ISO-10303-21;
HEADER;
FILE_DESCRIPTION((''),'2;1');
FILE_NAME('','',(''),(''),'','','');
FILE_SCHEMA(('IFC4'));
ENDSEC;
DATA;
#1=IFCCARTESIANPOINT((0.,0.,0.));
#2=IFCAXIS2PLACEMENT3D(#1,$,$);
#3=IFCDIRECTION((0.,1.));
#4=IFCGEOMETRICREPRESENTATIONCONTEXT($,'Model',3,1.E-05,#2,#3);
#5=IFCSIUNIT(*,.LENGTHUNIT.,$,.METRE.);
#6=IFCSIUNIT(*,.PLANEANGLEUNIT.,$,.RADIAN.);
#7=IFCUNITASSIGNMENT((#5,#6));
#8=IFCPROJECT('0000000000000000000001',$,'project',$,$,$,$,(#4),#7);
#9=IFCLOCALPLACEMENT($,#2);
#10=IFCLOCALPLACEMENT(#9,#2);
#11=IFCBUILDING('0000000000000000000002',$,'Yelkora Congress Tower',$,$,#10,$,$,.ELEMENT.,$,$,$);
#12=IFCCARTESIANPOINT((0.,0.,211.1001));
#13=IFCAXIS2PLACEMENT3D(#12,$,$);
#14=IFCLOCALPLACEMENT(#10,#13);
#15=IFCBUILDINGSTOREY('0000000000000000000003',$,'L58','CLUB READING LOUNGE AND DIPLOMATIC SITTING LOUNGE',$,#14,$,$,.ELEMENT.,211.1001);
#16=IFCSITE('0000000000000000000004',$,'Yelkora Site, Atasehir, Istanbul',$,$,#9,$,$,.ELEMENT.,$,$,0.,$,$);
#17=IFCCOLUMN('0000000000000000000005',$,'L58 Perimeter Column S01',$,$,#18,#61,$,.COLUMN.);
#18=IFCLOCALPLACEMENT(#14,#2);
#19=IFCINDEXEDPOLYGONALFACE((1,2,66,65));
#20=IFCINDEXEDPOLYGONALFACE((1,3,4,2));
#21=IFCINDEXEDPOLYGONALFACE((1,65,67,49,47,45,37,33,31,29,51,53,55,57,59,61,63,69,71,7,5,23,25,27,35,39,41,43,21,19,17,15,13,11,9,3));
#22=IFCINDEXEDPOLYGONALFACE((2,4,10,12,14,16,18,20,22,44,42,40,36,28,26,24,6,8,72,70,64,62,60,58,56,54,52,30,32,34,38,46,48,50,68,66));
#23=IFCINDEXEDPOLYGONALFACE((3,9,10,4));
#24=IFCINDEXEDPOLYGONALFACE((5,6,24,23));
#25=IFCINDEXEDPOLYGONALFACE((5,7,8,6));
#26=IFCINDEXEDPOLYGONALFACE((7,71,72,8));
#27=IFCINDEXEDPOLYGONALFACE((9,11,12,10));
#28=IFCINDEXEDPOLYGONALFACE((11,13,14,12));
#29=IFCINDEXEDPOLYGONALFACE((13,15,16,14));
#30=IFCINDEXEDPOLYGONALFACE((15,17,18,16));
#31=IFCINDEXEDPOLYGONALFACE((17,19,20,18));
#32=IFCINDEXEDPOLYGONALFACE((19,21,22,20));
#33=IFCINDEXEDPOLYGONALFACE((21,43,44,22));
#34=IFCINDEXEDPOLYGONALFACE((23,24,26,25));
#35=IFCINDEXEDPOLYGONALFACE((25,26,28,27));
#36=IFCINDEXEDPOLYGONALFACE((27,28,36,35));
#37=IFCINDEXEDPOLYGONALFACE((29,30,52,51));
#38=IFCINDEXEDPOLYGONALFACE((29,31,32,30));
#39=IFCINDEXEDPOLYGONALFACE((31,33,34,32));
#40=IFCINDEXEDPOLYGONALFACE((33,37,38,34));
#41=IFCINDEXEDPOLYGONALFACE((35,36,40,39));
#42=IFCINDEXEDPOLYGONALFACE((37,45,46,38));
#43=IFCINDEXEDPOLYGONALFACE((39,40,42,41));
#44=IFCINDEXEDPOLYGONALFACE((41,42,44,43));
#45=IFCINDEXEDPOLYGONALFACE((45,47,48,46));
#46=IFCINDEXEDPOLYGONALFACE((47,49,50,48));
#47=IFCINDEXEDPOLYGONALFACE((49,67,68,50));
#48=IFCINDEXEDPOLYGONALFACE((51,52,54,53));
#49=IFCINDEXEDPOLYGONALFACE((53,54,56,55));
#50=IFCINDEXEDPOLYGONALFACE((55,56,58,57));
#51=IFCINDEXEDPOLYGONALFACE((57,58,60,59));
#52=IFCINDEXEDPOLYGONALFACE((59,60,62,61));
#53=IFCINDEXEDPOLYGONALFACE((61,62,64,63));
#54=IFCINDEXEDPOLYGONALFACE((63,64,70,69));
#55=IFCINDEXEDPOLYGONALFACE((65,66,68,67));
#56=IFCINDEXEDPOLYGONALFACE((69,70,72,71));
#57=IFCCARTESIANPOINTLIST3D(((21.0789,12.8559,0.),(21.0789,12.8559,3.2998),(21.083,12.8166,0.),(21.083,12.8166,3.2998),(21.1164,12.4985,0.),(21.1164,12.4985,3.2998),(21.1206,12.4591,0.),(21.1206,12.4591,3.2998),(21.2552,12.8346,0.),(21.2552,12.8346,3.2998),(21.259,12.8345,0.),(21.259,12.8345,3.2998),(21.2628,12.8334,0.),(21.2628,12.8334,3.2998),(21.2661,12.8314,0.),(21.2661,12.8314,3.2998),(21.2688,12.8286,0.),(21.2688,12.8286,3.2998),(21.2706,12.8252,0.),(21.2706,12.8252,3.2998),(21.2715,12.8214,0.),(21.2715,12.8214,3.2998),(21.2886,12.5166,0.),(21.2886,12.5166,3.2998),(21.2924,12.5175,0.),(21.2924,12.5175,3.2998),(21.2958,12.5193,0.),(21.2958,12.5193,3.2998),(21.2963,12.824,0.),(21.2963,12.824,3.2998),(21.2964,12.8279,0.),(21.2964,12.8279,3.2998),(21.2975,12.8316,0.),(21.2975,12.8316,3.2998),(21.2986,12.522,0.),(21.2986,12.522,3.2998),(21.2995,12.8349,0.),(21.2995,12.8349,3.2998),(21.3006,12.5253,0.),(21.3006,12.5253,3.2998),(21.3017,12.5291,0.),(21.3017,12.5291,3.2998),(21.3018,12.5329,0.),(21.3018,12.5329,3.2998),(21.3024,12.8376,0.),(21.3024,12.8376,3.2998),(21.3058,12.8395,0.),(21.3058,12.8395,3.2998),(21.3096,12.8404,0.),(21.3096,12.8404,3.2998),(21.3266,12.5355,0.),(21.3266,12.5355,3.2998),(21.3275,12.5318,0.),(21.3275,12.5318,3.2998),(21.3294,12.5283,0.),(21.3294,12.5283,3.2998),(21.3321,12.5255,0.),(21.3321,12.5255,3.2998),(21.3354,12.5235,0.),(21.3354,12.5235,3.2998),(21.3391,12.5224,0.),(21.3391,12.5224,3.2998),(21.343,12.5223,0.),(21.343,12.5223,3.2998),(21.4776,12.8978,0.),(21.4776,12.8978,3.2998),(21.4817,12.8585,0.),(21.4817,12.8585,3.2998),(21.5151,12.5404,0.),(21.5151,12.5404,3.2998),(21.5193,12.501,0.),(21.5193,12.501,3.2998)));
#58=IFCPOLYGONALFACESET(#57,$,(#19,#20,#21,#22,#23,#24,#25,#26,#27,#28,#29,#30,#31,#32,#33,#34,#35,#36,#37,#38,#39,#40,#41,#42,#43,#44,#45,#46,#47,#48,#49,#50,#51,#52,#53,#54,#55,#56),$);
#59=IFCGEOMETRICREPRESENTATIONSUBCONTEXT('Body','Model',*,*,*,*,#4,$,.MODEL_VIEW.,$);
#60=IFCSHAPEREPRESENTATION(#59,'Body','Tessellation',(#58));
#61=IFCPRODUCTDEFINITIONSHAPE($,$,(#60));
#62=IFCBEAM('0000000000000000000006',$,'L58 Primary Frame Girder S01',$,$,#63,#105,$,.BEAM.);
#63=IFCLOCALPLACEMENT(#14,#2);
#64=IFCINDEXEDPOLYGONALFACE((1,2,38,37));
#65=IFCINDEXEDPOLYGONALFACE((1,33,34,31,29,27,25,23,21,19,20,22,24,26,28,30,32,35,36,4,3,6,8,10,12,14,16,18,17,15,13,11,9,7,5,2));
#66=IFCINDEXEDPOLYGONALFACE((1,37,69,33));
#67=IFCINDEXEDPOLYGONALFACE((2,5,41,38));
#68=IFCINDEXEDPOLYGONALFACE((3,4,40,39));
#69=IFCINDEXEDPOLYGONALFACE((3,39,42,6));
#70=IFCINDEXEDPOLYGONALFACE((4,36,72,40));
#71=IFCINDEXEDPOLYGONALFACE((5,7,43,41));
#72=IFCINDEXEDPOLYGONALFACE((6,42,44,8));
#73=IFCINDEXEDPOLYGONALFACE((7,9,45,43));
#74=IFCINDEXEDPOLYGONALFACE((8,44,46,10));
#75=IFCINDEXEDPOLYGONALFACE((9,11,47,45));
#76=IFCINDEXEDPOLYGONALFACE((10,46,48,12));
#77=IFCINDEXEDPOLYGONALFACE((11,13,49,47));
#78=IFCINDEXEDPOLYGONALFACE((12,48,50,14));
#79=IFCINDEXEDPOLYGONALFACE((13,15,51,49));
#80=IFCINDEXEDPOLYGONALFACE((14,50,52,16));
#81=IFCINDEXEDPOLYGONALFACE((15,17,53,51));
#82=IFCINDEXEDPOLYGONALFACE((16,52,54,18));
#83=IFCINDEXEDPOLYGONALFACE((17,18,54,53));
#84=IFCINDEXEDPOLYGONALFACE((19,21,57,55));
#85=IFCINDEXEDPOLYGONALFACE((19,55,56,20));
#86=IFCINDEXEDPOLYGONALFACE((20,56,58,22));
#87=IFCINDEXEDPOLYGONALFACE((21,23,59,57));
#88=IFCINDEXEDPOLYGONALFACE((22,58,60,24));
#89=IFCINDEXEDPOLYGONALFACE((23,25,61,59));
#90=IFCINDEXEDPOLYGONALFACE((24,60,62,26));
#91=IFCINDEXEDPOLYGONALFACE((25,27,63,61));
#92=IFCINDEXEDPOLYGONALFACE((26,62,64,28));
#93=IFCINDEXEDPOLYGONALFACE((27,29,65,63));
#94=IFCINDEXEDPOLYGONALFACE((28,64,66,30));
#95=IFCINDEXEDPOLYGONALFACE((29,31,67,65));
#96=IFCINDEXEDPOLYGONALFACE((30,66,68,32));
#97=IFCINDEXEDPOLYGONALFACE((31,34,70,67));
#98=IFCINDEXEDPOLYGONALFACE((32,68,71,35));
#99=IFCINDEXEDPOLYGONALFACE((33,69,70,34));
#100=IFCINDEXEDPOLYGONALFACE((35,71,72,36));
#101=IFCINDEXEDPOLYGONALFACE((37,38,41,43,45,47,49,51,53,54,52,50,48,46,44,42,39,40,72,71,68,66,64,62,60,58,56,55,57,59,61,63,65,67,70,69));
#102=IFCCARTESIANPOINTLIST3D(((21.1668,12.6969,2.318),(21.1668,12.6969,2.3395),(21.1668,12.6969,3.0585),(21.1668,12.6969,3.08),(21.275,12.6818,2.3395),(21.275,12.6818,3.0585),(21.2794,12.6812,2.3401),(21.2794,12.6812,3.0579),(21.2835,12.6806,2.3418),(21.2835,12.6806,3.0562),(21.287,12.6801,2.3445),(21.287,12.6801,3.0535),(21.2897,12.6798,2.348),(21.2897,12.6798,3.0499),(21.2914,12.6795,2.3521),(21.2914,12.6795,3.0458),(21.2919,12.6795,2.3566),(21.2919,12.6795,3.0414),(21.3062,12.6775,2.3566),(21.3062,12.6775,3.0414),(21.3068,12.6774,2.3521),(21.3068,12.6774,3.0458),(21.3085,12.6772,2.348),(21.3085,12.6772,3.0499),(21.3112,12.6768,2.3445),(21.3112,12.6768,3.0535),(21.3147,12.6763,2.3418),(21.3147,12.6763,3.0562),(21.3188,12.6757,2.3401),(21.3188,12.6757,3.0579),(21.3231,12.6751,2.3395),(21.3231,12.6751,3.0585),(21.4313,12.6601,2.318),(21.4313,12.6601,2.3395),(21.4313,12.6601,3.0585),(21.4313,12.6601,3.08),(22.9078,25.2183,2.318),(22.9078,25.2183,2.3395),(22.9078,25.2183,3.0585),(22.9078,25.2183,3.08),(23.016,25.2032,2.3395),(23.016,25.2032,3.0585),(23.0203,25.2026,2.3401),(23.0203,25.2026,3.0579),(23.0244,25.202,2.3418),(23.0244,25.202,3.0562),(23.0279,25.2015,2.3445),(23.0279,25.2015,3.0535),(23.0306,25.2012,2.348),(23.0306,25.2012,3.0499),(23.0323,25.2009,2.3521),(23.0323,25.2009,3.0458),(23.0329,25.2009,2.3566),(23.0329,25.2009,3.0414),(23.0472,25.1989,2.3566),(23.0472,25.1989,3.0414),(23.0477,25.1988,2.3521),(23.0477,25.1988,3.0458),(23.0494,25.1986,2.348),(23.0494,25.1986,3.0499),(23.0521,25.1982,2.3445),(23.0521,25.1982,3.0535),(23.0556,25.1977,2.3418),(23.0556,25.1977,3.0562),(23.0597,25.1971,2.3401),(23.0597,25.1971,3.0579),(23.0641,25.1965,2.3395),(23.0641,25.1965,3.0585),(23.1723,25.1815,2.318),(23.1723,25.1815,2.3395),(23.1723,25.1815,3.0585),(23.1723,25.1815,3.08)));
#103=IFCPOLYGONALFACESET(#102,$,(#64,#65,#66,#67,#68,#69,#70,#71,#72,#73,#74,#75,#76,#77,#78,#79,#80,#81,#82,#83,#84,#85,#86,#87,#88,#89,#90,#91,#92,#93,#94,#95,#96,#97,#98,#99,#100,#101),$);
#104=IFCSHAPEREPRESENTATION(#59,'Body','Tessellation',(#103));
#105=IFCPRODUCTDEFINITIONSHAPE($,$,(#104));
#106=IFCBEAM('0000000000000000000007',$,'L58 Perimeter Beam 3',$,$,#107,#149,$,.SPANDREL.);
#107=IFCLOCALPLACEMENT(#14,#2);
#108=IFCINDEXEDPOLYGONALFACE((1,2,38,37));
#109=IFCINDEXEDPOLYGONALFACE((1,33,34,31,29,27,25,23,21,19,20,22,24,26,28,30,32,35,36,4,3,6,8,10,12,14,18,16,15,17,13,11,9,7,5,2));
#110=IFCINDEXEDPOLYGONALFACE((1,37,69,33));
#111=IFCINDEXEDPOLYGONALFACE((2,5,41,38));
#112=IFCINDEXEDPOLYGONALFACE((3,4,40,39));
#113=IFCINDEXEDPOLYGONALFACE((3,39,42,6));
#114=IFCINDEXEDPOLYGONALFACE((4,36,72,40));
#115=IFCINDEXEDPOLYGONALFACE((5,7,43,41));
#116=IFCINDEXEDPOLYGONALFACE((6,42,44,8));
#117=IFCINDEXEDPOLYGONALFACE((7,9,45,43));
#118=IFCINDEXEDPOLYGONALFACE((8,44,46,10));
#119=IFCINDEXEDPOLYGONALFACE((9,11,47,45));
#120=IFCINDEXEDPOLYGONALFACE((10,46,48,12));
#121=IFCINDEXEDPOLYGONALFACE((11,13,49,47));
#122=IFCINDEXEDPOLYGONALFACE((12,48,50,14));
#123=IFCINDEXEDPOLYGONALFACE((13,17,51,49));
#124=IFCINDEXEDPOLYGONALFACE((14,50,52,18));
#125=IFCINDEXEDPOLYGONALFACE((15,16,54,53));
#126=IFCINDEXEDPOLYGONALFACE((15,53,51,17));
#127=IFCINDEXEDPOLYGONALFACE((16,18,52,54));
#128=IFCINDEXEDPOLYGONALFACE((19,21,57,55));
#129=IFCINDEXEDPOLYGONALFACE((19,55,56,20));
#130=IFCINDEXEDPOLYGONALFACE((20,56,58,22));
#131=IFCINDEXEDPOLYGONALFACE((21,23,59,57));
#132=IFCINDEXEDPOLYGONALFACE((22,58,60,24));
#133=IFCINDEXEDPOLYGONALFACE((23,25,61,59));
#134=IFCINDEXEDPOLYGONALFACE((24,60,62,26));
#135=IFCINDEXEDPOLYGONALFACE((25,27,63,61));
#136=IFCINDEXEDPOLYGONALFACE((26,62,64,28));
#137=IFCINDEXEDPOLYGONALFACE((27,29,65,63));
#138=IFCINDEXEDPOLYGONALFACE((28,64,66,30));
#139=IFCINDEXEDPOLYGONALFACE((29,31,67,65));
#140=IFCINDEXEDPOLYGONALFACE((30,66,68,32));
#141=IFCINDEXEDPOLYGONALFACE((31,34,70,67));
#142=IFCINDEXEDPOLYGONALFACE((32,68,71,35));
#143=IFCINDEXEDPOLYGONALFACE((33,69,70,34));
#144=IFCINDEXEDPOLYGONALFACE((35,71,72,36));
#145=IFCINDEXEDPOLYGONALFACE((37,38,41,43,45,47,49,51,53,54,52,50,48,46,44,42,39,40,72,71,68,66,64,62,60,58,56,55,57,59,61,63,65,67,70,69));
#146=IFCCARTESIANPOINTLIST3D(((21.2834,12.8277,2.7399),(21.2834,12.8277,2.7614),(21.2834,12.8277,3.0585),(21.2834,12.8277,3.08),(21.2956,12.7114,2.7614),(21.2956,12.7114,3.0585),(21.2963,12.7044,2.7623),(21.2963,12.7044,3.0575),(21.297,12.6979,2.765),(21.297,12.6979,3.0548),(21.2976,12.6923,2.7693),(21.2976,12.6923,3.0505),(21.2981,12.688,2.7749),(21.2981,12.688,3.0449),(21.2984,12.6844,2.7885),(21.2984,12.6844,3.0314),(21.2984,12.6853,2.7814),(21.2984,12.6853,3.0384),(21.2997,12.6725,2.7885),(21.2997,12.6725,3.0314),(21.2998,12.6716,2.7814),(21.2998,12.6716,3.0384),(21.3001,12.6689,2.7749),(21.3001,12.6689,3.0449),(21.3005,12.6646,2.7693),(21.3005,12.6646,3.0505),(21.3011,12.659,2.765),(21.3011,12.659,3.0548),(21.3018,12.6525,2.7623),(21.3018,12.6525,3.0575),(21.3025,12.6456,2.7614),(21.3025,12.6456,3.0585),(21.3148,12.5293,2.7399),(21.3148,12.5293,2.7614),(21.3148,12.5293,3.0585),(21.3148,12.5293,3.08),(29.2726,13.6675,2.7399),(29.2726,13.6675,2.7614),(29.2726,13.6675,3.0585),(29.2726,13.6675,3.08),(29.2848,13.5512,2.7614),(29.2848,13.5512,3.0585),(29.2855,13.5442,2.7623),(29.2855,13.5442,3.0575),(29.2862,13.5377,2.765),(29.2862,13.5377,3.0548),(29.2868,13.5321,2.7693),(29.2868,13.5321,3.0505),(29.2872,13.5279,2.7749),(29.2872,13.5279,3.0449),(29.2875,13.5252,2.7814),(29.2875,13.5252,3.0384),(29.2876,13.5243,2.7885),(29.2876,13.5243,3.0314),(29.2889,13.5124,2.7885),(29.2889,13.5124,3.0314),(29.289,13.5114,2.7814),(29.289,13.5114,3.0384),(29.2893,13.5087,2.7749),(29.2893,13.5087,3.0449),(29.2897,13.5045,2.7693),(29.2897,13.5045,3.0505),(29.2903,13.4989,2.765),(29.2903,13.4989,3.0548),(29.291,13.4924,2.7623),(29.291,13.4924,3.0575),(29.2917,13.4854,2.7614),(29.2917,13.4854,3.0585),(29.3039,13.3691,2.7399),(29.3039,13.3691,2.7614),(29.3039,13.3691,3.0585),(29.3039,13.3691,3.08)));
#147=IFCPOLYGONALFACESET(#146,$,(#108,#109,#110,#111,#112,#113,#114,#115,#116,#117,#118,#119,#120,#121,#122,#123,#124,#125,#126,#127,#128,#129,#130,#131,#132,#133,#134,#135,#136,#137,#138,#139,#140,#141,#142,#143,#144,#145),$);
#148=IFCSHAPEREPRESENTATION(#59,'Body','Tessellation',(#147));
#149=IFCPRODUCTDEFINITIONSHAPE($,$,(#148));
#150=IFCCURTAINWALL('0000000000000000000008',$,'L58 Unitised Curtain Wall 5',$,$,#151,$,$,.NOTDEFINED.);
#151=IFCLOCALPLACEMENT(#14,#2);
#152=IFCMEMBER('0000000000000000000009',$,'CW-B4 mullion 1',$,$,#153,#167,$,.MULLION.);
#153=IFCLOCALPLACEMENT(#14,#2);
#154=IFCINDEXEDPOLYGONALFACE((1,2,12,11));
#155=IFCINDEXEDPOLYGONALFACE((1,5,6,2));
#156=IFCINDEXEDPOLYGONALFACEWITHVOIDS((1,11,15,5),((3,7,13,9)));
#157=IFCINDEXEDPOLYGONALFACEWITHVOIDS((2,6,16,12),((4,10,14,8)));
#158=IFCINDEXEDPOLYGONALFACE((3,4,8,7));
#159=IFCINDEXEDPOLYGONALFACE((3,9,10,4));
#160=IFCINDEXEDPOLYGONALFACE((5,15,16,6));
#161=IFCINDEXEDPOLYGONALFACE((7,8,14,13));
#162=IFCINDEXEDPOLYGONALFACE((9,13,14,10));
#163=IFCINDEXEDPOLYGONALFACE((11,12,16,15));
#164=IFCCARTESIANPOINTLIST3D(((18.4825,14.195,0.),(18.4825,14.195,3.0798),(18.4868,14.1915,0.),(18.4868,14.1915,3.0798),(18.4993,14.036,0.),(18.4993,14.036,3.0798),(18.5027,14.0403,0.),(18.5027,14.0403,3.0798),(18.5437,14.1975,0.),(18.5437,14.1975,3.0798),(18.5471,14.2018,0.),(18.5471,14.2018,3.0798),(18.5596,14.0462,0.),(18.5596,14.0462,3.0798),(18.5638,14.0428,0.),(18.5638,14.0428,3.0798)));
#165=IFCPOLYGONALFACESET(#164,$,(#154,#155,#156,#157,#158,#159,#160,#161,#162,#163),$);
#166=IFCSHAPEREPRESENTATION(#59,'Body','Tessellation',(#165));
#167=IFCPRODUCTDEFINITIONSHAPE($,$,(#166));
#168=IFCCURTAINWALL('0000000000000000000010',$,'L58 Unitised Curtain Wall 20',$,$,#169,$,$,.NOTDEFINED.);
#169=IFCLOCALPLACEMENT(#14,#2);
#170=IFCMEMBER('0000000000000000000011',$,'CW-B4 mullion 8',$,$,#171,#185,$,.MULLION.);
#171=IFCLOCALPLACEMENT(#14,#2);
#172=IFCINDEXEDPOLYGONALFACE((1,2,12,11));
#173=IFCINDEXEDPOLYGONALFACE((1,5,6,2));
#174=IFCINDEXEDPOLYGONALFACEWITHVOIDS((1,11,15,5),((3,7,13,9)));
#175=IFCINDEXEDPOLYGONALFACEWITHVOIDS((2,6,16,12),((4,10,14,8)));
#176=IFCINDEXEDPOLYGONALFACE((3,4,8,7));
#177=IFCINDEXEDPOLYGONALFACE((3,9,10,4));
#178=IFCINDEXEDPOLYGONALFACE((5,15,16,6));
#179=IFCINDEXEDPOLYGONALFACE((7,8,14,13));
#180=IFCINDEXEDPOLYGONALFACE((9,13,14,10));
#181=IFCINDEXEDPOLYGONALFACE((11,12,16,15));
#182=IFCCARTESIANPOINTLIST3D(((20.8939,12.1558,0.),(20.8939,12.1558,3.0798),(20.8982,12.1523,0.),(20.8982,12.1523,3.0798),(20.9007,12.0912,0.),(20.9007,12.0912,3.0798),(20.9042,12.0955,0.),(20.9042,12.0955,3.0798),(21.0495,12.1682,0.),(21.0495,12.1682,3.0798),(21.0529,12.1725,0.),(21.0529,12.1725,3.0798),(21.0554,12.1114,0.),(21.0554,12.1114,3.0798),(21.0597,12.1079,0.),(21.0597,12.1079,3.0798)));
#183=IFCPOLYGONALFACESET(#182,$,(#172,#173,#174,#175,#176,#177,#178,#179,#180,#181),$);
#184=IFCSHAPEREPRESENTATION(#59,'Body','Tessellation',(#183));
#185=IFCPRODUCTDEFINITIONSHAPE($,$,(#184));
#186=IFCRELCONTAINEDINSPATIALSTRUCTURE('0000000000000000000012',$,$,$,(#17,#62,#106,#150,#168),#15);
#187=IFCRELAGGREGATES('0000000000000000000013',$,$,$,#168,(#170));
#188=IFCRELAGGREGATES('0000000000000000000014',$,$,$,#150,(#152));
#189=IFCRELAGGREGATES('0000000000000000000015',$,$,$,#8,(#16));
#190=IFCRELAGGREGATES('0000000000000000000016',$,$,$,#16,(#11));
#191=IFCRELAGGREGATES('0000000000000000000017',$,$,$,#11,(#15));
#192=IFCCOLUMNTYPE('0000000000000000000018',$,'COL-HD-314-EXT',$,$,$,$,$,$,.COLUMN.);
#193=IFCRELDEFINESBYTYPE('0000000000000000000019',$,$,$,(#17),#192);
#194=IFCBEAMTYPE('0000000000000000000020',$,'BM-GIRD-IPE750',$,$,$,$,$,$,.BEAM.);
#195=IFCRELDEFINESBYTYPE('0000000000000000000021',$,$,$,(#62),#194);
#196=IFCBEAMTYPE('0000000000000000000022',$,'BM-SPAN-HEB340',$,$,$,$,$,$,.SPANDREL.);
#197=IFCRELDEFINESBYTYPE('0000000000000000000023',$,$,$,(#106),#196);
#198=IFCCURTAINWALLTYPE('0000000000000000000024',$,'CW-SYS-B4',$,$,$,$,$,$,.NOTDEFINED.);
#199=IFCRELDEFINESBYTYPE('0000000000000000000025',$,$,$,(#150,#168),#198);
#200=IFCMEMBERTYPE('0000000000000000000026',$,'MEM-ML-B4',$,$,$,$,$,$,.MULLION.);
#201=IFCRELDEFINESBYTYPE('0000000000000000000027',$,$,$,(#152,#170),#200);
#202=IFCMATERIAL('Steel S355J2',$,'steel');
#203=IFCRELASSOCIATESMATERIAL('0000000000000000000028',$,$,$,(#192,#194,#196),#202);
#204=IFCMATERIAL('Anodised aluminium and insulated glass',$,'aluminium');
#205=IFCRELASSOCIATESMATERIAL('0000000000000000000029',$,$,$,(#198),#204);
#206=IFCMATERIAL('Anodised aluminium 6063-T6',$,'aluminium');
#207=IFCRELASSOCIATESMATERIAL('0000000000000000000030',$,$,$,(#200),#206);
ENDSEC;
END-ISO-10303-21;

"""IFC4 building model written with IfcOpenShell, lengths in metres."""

from ifc_helpers import new_model, si_unit, direction, frame, origin, origin_2d, place, context, subcontext, project, spatial, hollow_rectangle, i_section, extrude, material, material_profile, profile_set, type_object, element, aggregate, save


model = new_model("IFC4")

# Units and contexts
model_context = context("Model", 3, precision=1e-05, world=origin(), true_north=direction((0.0, 1.0)))
body_context = subcontext(model_context, "Body", "Model", "MODEL_VIEW")
ifc_project = project(units=[si_unit("LENGTHUNIT", "METRE"), si_unit("PLANEANGLEUNIT", "RADIAN")], contexts=[model_context])

# Site, building, storey
site_placement = place(None, origin())
site = spatial("IfcSite", under=ifc_project, at=site_placement, Name="Yelkora Site, Atasehir, Istanbul", CompositionType="ELEMENT", RefElevation=0.0)
building_placement = place(site_placement, origin())
building = spatial("IfcBuilding", under=site, at=building_placement, Name="Yelkora Congress Tower", CompositionType="ELEMENT")
storey_placement = place(building_placement, frame((0.0, 0.0, 211.1001)))
storey = spatial("IfcBuildingStorey", under=building, at=storey_placement, Name="L58", Description="CLUB READING LOUNGE AND DIPLOMATIC SITTING LOUNGE", CompositionType="ELEMENT", Elevation=211.1001)

# Column
ifc_material_1 = material(Name="Steel S355J2", Category="steel")
ifc_material_profile_1 = material_profile(ifc_material_1, i_section(OverallWidth=0.4009, OverallDepth=0.3989, WebThickness=0.0249, FlangeThickness=0.0396, FilletRadius=0.0149, at=origin_2d()), Name="HD 400x314")
ifc_profile_set_1 = profile_set([ifc_material_profile_1], Name="Steel S355J2")
column_type = type_object("IfcColumnType", Name="COL-HD-314-EXT", PredefinedType="COLUMN", material=ifc_profile_set_1)
column_placement = place(storey_placement, frame((21.2991, 12.6785, 0.0), z_axis=(0.0, 0.0, 1.0), x_axis=(0.994522, 0.104528, 0.0)))
element("IfcColumn", 1, at=column_placement, inside=storey, type_object=column_type, Name="L58 Perimeter Column S01", PredefinedType="COLUMN", context=body_context, shape_type="SweptSolid", body=[
    extrude(i_section(OverallWidth=0.4009, OverallDepth=0.3989, WebThickness=0.0249, FlangeThickness=0.0396, FilletRadius=0.0149, at=origin_2d()), origin(), (0.0, 0.0, 1.0), 3.2998),
])

# Beams
ifc_material_profile_2 = material_profile(ifc_material_1, i_section(OverallWidth=0.2671, OverallDepth=0.762, WebThickness=0.0144, FlangeThickness=0.0215, FilletRadius=0.0171, at=origin_2d()), Name="IPE 750x173")
ifc_profile_set_2 = profile_set([ifc_material_profile_2], Name="Steel S355J2")
beam_type_1 = type_object("IfcBeamType", Name="BM-GIRD-IPE750", PredefinedType="BEAM", material=ifc_profile_set_2)
beam_1_placement = place(storey_placement, frame((21.2991, 12.6785, 2.699), z_axis=(0.137714, 0.990472, 0.0), x_axis=(-0.990472, 0.137714, 0.0)))
element("IfcBeam", 2, at=beam_1_placement, inside=storey, type_object=beam_type_1, Name="L58 Primary Frame Girder S01", PredefinedType="BEAM", context=body_context, shape_type="SweptSolid", body=[
    extrude(i_section(OverallWidth=0.2671, OverallDepth=0.762, WebThickness=0.0144, FlangeThickness=0.0215, FilletRadius=0.0171, at=origin_2d()), origin(), (0.0, 0.0, 1.0), 12.6418),
])
ifc_material_profile_3 = material_profile(ifc_material_1, i_section(OverallWidth=0.3, OverallDepth=0.3401, WebThickness=0.012, FlangeThickness=0.0215, FilletRadius=0.0271, at=origin_2d()), Name="HEB 340")
ifc_profile_set_3 = profile_set([ifc_material_profile_3], Name="Steel S355J2")
beam_type_2 = type_object("IfcBeamType", Name="BM-SPAN-HEB340", PredefinedType="SPANDREL", material=ifc_profile_set_3)
beam_2_placement = place(storey_placement, frame((21.2991, 12.6785, 2.9099), z_axis=(0.99452, 0.104546, 0.0), x_axis=(-0.104546, 0.99452, 0.0)))
element("IfcBeam", 3, at=beam_2_placement, inside=storey, type_object=beam_type_2, Name="L58 Perimeter Beam 3", PredefinedType="SPANDREL", context=body_context, shape_type="SweptSolid", body=[
    extrude(i_section(OverallWidth=0.3, OverallDepth=0.3401, WebThickness=0.012, FlangeThickness=0.0215, FilletRadius=0.0271, at=origin_2d()), origin(), (0.0, 0.0, 1.0), 8.0332),
])

# Curtain walls, members
ifc_material_2 = material(Name="Anodised aluminium and insulated glass", Category="aluminium")
curtain_wall_type = type_object("IfcCurtainWallType", Name="CW-SYS-B4", PredefinedType="NOTDEFINED", material=ifc_material_2)
curtain_wall_1_placement = place(storey_placement, origin())
curtain_wall_1 = element("IfcCurtainWall", 4, at=curtain_wall_1_placement, inside=storey, type_object=curtain_wall_type, Name="L58 Unitised Curtain Wall 5", PredefinedType="NOTDEFINED")
ifc_material_3 = material(Name="Anodised aluminium 6063-T6", Category="aluminium")
ifc_material_profile_4 = material_profile(ifc_material_3, hollow_rectangle(XDim=0.0649, YDim=0.1599, WallThickness=0.0039, at=origin_2d()), Name="ALU 65x160x4")
ifc_profile_set_4 = profile_set([ifc_material_profile_4], Name="Anodised aluminium 6063-T6")
member_type_1 = type_object("IfcMemberType", Name="MEM-ML-B4", PredefinedType="MULLION", material=ifc_profile_set_4)
member_1_placement = place(storey_placement, frame((18.5232, 14.1189, 0.0), z_axis=(0.0, 0.0, 1.0), x_axis=(-0.994522, -0.104526, 0.0)))
member_1 = element("IfcMember", 5, at=member_1_placement, type_object=member_type_1, Name="CW-B4 mullion 1", PredefinedType="MULLION", context=body_context, shape_type="SweptSolid", body=[
    extrude(hollow_rectangle(XDim=0.0649, YDim=0.1599, WallThickness=0.0039, at=origin_2d()), origin(), (0.0, 0.0, 1.0), 3.0798),
])
curtain_wall_2_placement = place(storey_placement, origin())
curtain_wall_2 = element("IfcCurtainWall", 6, at=curtain_wall_2_placement, inside=storey, type_object=curtain_wall_type, Name="L58 Unitised Curtain Wall 20", PredefinedType="NOTDEFINED")
member_2_placement = place(storey_placement, frame((20.9768, 12.1318, 0.0), z_axis=(0.0, 0.0, 1.0), x_axis=(0.104527, -0.994522, 0.0)))
member_2 = element("IfcMember", 7, at=member_2_placement, type_object=member_type_1, Name="CW-B4 mullion 8", PredefinedType="MULLION", context=body_context, shape_type="SweptSolid", body=[
    extrude(hollow_rectangle(XDim=0.0649, YDim=0.1599, WallThickness=0.0039, at=origin_2d()), origin(), (0.0, 0.0, 1.0), 3.0798),
])
aggregate(curtain_wall_2, [member_2])

aggregate(curtain_wall_1, [member_1])

save(model, "model.ifc")
